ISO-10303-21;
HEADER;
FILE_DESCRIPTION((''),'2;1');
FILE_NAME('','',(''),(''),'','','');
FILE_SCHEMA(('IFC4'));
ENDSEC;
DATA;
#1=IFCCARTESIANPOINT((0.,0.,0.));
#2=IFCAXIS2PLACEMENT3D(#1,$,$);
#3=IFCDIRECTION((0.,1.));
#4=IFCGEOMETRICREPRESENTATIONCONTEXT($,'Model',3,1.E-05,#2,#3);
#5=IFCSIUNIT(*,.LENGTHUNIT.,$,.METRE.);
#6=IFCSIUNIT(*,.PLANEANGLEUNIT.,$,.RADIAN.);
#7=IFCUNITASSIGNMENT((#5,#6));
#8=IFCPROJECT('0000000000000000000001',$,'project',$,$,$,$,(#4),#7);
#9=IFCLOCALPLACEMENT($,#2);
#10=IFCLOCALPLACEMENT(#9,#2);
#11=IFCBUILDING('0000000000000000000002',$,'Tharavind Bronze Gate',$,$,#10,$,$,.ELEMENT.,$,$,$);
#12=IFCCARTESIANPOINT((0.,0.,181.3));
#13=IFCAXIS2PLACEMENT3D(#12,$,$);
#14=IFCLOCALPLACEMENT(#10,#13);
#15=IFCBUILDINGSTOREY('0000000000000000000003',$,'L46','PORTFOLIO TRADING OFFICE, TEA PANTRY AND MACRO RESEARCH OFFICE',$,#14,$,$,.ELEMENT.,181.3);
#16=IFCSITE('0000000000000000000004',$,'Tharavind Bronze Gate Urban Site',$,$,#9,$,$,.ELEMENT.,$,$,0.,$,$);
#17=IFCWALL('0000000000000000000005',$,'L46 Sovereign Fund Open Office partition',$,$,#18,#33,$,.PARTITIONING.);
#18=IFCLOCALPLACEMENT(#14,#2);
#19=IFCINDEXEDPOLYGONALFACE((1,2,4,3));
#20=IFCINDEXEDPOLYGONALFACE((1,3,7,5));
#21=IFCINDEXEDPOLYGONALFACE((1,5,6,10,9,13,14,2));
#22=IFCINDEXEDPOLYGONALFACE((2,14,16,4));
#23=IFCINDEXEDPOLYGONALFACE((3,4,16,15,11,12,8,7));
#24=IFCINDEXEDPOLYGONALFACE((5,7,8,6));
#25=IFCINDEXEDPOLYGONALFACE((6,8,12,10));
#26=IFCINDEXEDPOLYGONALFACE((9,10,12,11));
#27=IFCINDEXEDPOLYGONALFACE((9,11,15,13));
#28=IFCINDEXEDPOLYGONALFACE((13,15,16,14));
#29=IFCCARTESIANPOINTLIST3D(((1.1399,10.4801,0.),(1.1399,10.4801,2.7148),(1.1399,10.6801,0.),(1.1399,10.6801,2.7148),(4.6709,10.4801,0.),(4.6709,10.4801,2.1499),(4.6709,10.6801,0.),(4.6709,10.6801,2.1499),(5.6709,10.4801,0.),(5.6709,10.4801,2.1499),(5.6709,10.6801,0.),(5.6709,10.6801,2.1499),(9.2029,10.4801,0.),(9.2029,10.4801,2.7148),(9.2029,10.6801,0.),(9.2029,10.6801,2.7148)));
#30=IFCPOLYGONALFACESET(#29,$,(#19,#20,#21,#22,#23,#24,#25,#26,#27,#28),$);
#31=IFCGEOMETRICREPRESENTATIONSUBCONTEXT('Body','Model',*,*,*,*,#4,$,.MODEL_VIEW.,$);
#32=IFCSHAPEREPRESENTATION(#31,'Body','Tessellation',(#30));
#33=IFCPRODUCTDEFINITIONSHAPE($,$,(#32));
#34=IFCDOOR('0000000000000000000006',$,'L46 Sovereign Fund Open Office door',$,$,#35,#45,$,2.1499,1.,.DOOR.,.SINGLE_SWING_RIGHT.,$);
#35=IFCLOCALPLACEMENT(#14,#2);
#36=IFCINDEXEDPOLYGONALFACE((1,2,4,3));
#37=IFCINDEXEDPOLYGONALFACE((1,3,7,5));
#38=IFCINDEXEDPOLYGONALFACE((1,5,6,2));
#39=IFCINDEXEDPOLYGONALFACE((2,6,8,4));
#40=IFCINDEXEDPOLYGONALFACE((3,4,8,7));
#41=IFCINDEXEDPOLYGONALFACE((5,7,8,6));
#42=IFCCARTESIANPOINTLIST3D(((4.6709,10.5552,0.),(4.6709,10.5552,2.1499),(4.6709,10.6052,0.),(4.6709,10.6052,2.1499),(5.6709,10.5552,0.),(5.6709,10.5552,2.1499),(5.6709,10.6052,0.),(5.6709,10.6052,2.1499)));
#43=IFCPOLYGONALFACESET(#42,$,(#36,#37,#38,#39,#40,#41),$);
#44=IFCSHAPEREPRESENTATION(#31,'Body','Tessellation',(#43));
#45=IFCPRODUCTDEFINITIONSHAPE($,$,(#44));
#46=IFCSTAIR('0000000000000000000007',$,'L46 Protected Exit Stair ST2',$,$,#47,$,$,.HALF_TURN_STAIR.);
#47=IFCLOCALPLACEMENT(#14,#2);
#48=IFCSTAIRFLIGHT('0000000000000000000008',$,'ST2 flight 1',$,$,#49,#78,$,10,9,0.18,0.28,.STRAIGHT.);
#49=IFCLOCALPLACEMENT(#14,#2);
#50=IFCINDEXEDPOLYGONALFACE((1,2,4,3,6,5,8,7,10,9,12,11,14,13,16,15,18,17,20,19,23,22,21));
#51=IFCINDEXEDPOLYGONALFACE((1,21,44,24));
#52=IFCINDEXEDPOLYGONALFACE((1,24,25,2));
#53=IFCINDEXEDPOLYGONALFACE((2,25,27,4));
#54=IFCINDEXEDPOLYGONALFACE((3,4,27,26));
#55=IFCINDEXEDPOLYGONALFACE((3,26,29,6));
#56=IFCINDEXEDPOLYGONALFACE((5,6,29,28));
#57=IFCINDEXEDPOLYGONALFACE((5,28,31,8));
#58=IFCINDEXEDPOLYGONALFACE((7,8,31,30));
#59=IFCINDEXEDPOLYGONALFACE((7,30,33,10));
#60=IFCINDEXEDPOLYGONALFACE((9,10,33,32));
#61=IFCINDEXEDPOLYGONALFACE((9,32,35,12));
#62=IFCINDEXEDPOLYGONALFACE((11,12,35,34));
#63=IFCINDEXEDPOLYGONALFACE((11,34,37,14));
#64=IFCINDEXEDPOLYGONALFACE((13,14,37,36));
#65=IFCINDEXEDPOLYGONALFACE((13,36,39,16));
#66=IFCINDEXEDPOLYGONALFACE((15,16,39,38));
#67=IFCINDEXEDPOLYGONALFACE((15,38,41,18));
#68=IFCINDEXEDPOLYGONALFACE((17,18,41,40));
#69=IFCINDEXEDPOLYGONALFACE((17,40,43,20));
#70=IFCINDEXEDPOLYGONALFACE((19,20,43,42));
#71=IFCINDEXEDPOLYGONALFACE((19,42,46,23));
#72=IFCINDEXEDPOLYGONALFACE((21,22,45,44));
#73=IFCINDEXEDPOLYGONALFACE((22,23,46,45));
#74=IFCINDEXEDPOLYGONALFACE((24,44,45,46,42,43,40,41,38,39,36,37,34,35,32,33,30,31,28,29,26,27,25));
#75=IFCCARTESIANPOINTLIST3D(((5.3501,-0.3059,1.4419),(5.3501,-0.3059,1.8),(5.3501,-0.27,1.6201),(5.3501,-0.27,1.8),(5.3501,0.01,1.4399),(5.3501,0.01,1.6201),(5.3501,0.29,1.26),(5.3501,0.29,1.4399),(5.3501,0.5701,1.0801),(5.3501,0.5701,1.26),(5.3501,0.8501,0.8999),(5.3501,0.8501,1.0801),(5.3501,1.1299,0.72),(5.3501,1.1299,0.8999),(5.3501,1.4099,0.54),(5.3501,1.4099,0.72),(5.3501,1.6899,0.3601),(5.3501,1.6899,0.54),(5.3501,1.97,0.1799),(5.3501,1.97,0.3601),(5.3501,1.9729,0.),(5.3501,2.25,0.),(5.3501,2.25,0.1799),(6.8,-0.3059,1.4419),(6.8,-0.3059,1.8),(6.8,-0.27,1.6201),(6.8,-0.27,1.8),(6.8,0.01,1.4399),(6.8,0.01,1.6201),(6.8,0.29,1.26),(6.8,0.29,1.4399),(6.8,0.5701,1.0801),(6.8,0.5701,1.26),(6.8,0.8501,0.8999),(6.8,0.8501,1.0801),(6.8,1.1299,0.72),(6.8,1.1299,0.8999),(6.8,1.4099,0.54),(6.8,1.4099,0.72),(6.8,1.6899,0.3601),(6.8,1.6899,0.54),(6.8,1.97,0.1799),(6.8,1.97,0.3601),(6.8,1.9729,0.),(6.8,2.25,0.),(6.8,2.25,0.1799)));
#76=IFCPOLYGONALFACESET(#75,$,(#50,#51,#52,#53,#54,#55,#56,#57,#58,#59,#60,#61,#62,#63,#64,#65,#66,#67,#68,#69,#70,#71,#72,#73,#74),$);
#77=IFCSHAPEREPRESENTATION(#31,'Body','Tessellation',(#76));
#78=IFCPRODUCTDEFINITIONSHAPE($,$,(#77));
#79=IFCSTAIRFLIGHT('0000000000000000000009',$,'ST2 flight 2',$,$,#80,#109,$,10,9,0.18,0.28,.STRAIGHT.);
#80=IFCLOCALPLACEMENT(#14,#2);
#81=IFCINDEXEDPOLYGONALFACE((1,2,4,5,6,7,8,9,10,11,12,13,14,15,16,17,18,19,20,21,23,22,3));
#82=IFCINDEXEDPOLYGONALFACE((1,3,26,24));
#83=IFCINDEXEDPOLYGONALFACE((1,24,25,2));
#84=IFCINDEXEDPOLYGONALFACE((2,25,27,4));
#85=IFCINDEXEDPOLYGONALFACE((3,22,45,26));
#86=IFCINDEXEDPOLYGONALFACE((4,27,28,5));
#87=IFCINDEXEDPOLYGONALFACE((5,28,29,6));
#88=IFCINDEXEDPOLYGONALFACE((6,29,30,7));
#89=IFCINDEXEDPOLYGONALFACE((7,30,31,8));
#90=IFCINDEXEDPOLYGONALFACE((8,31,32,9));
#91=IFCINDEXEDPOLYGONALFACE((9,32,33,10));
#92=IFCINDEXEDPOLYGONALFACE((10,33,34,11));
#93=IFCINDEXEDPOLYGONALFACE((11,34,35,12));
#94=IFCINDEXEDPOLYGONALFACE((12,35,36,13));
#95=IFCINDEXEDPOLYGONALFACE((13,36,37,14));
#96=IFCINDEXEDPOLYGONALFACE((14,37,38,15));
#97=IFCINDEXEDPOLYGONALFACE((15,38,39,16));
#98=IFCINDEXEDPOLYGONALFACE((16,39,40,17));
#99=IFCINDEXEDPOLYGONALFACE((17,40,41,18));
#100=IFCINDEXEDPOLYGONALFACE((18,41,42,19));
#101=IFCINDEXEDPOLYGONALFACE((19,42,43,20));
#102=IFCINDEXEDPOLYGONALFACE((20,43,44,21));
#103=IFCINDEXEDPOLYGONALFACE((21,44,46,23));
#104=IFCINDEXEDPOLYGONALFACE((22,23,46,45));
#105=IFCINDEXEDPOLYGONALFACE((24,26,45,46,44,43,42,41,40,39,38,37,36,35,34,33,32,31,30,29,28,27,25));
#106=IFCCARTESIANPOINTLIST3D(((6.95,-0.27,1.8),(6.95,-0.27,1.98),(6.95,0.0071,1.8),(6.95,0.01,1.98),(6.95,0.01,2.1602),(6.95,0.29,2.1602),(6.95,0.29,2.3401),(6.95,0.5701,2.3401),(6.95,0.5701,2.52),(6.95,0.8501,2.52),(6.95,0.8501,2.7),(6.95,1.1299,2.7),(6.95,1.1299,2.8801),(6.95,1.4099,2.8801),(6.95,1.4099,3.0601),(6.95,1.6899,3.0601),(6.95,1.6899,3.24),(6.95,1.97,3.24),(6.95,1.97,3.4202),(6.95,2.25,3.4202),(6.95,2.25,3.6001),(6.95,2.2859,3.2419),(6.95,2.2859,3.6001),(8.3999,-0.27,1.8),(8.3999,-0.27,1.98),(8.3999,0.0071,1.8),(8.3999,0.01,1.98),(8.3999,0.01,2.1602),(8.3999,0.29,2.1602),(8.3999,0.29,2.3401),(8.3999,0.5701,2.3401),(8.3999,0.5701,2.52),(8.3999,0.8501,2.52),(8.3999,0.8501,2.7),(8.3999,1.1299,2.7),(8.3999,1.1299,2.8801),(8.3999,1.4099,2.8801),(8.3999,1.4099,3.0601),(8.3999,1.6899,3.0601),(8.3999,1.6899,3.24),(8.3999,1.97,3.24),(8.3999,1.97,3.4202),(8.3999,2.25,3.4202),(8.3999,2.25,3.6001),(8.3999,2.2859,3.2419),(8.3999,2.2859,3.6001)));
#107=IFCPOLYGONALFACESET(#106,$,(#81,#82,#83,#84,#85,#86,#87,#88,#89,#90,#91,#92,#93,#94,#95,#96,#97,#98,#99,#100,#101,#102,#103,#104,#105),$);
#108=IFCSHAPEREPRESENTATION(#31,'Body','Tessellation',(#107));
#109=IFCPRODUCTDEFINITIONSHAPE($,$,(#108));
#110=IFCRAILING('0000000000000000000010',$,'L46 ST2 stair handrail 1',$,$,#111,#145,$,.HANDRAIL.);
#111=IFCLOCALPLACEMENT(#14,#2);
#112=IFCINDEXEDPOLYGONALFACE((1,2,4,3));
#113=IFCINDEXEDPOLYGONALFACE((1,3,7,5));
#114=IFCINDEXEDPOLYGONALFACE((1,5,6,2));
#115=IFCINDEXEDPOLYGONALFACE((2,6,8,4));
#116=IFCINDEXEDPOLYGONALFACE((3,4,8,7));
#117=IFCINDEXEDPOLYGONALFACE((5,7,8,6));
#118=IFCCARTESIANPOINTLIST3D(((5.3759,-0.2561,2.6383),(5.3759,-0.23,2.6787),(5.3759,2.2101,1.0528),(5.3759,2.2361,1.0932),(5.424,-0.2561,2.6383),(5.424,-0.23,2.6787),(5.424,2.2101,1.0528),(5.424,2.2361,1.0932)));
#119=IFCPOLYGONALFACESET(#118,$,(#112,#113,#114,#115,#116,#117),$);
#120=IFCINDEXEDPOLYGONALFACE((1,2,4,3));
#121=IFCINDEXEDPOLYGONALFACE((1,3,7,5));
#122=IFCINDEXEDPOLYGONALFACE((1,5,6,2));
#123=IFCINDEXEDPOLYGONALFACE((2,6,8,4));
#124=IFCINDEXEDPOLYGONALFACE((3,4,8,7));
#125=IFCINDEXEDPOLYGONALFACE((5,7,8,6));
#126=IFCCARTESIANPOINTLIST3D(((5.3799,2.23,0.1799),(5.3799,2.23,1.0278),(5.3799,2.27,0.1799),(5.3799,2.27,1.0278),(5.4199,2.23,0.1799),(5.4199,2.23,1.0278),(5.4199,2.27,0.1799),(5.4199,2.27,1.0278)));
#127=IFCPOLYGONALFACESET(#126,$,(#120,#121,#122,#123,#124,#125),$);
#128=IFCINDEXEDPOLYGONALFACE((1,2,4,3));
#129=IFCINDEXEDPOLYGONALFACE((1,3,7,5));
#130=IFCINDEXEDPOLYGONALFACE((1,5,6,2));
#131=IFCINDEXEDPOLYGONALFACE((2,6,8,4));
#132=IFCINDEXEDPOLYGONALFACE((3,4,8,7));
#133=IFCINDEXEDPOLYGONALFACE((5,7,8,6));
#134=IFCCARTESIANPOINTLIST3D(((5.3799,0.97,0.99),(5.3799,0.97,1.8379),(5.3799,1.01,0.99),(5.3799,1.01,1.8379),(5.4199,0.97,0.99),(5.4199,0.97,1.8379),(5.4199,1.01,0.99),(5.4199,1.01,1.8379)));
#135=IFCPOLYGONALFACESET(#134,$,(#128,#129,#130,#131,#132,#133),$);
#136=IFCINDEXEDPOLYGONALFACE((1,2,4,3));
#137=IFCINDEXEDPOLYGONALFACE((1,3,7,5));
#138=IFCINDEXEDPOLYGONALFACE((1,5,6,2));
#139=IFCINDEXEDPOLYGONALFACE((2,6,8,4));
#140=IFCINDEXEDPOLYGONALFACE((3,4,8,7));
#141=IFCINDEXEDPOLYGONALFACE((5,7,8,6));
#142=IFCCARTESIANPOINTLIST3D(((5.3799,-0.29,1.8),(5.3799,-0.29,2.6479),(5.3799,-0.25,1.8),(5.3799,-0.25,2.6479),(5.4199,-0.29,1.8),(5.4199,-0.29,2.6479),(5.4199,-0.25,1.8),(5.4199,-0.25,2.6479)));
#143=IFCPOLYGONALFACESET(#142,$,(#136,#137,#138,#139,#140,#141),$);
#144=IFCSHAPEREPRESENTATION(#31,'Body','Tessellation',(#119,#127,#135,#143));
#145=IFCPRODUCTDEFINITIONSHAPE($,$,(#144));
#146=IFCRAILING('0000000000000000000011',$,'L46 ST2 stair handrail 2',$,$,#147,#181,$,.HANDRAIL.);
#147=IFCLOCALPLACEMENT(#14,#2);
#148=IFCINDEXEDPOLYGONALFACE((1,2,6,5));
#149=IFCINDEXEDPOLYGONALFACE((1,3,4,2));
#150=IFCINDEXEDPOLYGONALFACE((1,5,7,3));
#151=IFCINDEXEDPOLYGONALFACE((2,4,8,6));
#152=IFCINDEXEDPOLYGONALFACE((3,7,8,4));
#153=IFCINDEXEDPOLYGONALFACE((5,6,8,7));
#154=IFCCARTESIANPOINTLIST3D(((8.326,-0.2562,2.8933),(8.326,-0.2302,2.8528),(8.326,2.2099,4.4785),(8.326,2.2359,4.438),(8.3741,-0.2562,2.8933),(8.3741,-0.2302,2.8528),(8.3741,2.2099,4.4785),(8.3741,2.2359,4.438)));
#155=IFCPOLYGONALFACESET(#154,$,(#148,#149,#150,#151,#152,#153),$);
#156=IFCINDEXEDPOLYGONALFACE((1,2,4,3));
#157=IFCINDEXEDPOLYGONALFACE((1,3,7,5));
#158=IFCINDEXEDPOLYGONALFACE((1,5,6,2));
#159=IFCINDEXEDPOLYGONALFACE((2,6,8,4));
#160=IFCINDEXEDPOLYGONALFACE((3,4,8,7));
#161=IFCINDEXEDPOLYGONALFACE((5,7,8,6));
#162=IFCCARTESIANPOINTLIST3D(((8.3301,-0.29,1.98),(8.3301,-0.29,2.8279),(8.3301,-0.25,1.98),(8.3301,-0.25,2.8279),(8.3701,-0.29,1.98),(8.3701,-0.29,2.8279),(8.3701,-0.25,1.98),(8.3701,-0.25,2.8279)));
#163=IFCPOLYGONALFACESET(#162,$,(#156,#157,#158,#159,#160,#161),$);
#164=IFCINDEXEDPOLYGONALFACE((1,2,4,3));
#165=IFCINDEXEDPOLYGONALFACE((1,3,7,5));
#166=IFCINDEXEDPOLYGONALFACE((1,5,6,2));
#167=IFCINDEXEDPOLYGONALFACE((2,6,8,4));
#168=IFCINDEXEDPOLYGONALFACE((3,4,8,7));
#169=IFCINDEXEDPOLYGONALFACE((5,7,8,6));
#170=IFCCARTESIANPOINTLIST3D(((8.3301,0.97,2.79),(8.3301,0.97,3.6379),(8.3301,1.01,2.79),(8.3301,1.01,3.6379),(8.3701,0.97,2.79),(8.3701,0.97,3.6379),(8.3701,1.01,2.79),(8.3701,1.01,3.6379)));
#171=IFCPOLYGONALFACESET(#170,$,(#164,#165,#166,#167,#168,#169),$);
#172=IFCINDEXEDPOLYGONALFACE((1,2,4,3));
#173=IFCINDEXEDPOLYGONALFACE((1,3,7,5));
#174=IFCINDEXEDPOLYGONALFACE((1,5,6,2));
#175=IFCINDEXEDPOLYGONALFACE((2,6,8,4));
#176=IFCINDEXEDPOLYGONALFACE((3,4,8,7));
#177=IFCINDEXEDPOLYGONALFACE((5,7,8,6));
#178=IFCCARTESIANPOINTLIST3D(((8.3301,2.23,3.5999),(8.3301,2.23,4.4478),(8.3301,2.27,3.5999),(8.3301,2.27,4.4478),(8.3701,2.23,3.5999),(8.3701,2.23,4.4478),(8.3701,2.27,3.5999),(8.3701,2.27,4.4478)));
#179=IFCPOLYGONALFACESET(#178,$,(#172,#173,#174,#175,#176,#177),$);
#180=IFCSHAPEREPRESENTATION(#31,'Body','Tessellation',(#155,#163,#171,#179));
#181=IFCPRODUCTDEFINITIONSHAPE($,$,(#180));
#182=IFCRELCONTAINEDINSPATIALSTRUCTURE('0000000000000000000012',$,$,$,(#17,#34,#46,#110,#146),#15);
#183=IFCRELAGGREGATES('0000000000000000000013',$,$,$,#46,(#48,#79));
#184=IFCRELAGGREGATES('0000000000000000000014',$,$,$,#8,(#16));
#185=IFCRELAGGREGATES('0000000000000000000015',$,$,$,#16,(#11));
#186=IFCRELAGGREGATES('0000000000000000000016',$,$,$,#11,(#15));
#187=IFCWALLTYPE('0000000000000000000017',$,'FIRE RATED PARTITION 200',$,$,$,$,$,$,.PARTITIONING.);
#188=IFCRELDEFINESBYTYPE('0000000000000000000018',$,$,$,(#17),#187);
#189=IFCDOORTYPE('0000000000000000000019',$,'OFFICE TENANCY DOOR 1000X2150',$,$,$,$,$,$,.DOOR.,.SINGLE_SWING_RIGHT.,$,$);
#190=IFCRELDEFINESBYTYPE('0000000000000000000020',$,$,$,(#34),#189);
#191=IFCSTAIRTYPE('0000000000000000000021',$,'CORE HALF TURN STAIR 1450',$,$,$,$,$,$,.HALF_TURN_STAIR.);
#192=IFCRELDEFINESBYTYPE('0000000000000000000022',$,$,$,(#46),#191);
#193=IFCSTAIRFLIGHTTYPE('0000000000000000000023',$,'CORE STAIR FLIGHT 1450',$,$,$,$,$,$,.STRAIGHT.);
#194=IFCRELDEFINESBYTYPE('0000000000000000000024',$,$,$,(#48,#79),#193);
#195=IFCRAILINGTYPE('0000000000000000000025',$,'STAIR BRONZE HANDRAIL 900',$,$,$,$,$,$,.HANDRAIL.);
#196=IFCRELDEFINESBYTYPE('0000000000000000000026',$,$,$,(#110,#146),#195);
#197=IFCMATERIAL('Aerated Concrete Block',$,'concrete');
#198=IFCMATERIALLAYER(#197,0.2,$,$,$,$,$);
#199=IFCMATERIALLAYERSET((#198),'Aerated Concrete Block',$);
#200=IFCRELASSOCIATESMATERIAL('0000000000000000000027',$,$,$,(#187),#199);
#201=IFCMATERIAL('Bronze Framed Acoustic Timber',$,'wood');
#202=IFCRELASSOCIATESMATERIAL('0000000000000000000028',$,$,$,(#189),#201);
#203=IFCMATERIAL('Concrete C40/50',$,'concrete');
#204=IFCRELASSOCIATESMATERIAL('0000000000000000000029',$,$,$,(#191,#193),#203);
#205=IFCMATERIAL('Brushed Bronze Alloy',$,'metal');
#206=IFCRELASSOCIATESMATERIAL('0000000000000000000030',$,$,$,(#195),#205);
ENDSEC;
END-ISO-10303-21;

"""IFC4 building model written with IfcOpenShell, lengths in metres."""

from ifc_helpers import new_model, si_unit, direction, frame, frame_2d, origin, origin_2d, place, context, subcontext, project, spatial, polyline, rectangle, outline, extrude, material, layer, layer_set, type_object, element, fill, aggregate, save


model = new_model("IFC4")

# Units and contexts
model_context = context("Model", 3, precision=1e-05, world=origin(), true_north=direction((0.0, 1.0)))
body_context = subcontext(model_context, "Body", "Model", "MODEL_VIEW")
ifc_project = project(units=[si_unit("LENGTHUNIT", "METRE"), si_unit("PLANEANGLEUNIT", "RADIAN")], contexts=[model_context])

# Site, building, storey
site_placement = place(None, origin())
site = spatial("IfcSite", under=ifc_project, at=site_placement, Name="Tharavind Bronze Gate Urban Site", CompositionType="ELEMENT", RefElevation=0.0)
building_placement = place(site_placement, origin())
building = spatial("IfcBuilding", under=site, at=building_placement, Name="Tharavind Bronze Gate", CompositionType="ELEMENT")
storey_placement = place(building_placement, frame((0.0, 0.0, 181.3)))
storey = spatial("IfcBuildingStorey", under=building, at=storey_placement, Name="L46", Description="PORTFOLIO TRADING OFFICE, TEA PANTRY AND MACRO RESEARCH OFFICE", CompositionType="ELEMENT", Elevation=181.3)

# Wall, opening, door
ifc_material_1 = material(Name="Aerated Concrete Block", Category="concrete")
ifc_layer_1 = layer(ifc_material_1, 0.2)
ifc_layer_set_1 = layer_set([ifc_layer_1], Name="Aerated Concrete Block")
wall_type_1 = type_object("IfcWallType", Name="FIRE RATED PARTITION 200", PredefinedType="PARTITIONING", material=ifc_layer_set_1)
wall_1_placement = place(storey_placement, frame((9.2029, 10.5801, 0.0), z_axis=(0.0, 0.0, 1.0), x_axis=(-1.0, 0.0, 0.0)))
wall_1 = element("IfcWall", 1, at=wall_1_placement, inside=storey, type_object=wall_type_1, Name="L46 Sovereign Fund Open Office partition", PredefinedType="PARTITIONING", context=body_context, shape_type="SweptSolid", body=[
    extrude(rectangle(XDim=8.063, YDim=0.2, at=frame_2d((4.0315, 0.0))), origin(), (0.0, 0.0, 1.0), 2.7148),
])
opening_1_placement = place(wall_1_placement, frame((3.532, 0.0, 0.0)))
opening_1 = element("IfcOpeningElement", 2, at=opening_1_placement, cuts=wall_1, PredefinedType="OPENING", context=body_context, shape_type="SweptSolid", body=[
    extrude(rectangle(XDim=1.0, YDim=2.1499, at=frame_2d((0.5, 1.075))), frame((0.0, 0.1101, 0.0), z_axis=(0.0, -1.0, 0.0), x_axis=(1.0, 0.0, 0.0)), (0.0, 0.0, 1.0), 0.22),
])
ifc_material_2 = material(Name="Bronze Framed Acoustic Timber", Category="wood")
door_type_1 = type_object("IfcDoorType", Name="OFFICE TENANCY DOOR 1000X2150", OperationType="SINGLE_SWING_RIGHT", PredefinedType="DOOR", material=ifc_material_2)
door_1_placement = place(opening_1_placement, origin())
door_1 = element("IfcDoor", 3, at=door_1_placement, inside=storey, type_object=door_type_1, Name="L46 Sovereign Fund Open Office door", OperationType="SINGLE_SWING_RIGHT", OverallHeight=2.1499, OverallWidth=1.0, PredefinedType="DOOR", context=body_context, shape_type="SweptSolid", body=[
    extrude(rectangle(XDim=1.0, YDim=2.1499, at=frame_2d((0.5, 1.075))), frame((0.0, 0.0249, 0.0), z_axis=(0.0, -1.0, 0.0), x_axis=(1.0, 0.0, 0.0)), (0.0, 0.0, 1.0), 0.05),
])
fill(opening_1, door_1)

# Stair, stair flights
ifc_material_3 = material(Name="Concrete C40/50", Category="concrete")
stair_type = type_object("IfcStairType", Name="CORE HALF TURN STAIR 1450", PredefinedType="HALF_TURN_STAIR", material=ifc_material_3)
stair_placement = place(storey_placement, origin())
stair = element("IfcStair", 4, at=stair_placement, inside=storey, type_object=stair_type, Name="L46 Protected Exit Stair ST2", PredefinedType="HALF_TURN_STAIR")
stair_flight_type = type_object("IfcStairFlightType", Name="CORE STAIR FLIGHT 1450", PredefinedType="STRAIGHT", material=ifc_material_3)
stair_flight_1_placement = place(storey_placement, frame((6.075, 2.25, 0.0), z_axis=(0.0, 0.0, 1.0), x_axis=(0.0, -1.0, 0.0)))
stair_flight_1 = element("IfcStairFlight", 5, at=stair_flight_1_placement, type_object=stair_flight_type, Name="ST2 flight 1", NumberOfRisers=10, NumberOfTreads=9, PredefinedType="STRAIGHT", RiserHeight=0.18, TreadLength=0.28, context=body_context, shape_type="SweptSolid", body=[
    extrude(outline(polyline([(0.0, 0.0), (0.0, 0.1799), (0.28, 0.1799), (0.28, 0.3601), (0.5601, 0.3601), (0.5601, 0.54), (0.8401, 0.54), (0.8401, 0.72), (1.1201, 0.72), (1.1201, 0.8999), (1.3999, 0.8999), (1.3999, 1.0801), (1.6799, 1.0801), (1.6799, 1.26), (1.96, 1.26), (1.96, 1.4399), (2.24, 1.4399), (2.24, 1.6201), (2.52, 1.6201), (2.52, 1.8), (2.5559, 1.8), (2.5559, 1.4419), (0.2771, 0.0), (0.0, 0.0)])), frame((0.0, 0.7251, 0.0), z_axis=(0.0, -1.0, 0.0), x_axis=(1.0, 0.0, 0.0)), (0.0, 0.0, 1.0), 1.45),
])
stair_flight_2_placement = place(storey_placement, frame((7.675, -0.27, 1.8), z_axis=(0.0, 0.0, 1.0), x_axis=(0.0, 1.0, 0.0)))
stair_flight_2 = element("IfcStairFlight", 6, at=stair_flight_2_placement, type_object=stair_flight_type, Name="ST2 flight 2", NumberOfRisers=10, NumberOfTreads=9, PredefinedType="STRAIGHT", RiserHeight=0.18, TreadLength=0.28, context=body_context, shape_type="SweptSolid", body=[
    extrude(outline(polyline([(0.0, 0.0), (0.0, 0.1799), (0.28, 0.1799), (0.28, 0.3601), (0.5601, 0.3601), (0.5601, 0.54), (0.8401, 0.54), (0.8401, 0.72), (1.1201, 0.72), (1.1201, 0.8999), (1.3999, 0.8999), (1.3999, 1.0801), (1.6799, 1.0801), (1.6799, 1.26), (1.96, 1.26), (1.96, 1.4399), (2.24, 1.4399), (2.24, 1.6201), (2.52, 1.6201), (2.52, 1.8), (2.5559, 1.8), (2.5559, 1.4419), (0.2771, 0.0), (0.0, 0.0)])), frame((0.0, 0.7251, 0.0), z_axis=(0.0, -1.0, 0.0), x_axis=(1.0, 0.0, 0.0)), (0.0, 0.0, 1.0), 1.45),
])
aggregate(stair, [stair_flight_1, stair_flight_2])

# Railings
ifc_material_4 = material(Name="Brushed Bronze Alloy", Category="metal")
railing_type_1 = type_object("IfcRailingType", Name="STAIR BRONZE HANDRAIL 900", PredefinedType="HANDRAIL", material=ifc_material_4)
railing_1_placement = place(storey_placement, frame((5.3999, 2.25, 0.1799)))
element("IfcRailing", 7, at=railing_1_placement, inside=storey, type_object=railing_type_1, Name="L46 ST2 stair handrail 1", PredefinedType="HANDRAIL", context=body_context, shape_type="SweptSolid", body=[
    extrude(rectangle(XDim=0.0481, YDim=0.0481, at=origin_2d()), frame((0.0, -0.0269, 0.8931), z_axis=(0.0, -0.841163, 0.540782), x_axis=(1.0, 0.0, 0.0)), (0.0, 0.0, 1.0), 2.9319),
    extrude(rectangle(XDim=0.04, YDim=0.04, at=origin_2d()), origin(), (0.0, 0.0, 1.0), 0.8479),
    extrude(rectangle(XDim=0.04, YDim=0.04, at=origin_2d()), frame((0.0, -1.26, 0.8101)), (0.0, 0.0, 1.0), 0.8479),
    extrude(rectangle(XDim=0.04, YDim=0.04, at=origin_2d()), frame((0.0, -2.52, 1.6201)), (0.0, 0.0, 1.0), 0.8479),
])
railing_2_placement = place(storey_placement, frame((8.3501, -0.27, 1.98)))
element("IfcRailing", 8, at=railing_2_placement, inside=storey, type_object=railing_type_1, Name="L46 ST2 stair handrail 2", PredefinedType="HANDRAIL", context=body_context, shape_type="SweptSolid", body=[
    extrude(rectangle(XDim=0.0481, YDim=0.0481, at=origin_2d()), frame((0.0, 0.0269, 0.8931), z_axis=(0.0, 0.8412, 0.540725), x_axis=(-1.0, 0.0, 0.0)), (0.0, 0.0, 1.0), 2.9316),
    extrude(rectangle(XDim=0.04, YDim=0.04, at=origin_2d()), origin(), (0.0, 0.0, 1.0), 0.8479),
    extrude(rectangle(XDim=0.04, YDim=0.04, at=origin_2d()), frame((0.0, 1.26, 0.8101)), (0.0, 0.0, 1.0), 0.8479),
    extrude(rectangle(XDim=0.04, YDim=0.04, at=origin_2d()), frame((0.0, 2.52, 1.6199)), (0.0, 0.0, 1.0), 0.8479),
])

save(model, "model.ifc")
